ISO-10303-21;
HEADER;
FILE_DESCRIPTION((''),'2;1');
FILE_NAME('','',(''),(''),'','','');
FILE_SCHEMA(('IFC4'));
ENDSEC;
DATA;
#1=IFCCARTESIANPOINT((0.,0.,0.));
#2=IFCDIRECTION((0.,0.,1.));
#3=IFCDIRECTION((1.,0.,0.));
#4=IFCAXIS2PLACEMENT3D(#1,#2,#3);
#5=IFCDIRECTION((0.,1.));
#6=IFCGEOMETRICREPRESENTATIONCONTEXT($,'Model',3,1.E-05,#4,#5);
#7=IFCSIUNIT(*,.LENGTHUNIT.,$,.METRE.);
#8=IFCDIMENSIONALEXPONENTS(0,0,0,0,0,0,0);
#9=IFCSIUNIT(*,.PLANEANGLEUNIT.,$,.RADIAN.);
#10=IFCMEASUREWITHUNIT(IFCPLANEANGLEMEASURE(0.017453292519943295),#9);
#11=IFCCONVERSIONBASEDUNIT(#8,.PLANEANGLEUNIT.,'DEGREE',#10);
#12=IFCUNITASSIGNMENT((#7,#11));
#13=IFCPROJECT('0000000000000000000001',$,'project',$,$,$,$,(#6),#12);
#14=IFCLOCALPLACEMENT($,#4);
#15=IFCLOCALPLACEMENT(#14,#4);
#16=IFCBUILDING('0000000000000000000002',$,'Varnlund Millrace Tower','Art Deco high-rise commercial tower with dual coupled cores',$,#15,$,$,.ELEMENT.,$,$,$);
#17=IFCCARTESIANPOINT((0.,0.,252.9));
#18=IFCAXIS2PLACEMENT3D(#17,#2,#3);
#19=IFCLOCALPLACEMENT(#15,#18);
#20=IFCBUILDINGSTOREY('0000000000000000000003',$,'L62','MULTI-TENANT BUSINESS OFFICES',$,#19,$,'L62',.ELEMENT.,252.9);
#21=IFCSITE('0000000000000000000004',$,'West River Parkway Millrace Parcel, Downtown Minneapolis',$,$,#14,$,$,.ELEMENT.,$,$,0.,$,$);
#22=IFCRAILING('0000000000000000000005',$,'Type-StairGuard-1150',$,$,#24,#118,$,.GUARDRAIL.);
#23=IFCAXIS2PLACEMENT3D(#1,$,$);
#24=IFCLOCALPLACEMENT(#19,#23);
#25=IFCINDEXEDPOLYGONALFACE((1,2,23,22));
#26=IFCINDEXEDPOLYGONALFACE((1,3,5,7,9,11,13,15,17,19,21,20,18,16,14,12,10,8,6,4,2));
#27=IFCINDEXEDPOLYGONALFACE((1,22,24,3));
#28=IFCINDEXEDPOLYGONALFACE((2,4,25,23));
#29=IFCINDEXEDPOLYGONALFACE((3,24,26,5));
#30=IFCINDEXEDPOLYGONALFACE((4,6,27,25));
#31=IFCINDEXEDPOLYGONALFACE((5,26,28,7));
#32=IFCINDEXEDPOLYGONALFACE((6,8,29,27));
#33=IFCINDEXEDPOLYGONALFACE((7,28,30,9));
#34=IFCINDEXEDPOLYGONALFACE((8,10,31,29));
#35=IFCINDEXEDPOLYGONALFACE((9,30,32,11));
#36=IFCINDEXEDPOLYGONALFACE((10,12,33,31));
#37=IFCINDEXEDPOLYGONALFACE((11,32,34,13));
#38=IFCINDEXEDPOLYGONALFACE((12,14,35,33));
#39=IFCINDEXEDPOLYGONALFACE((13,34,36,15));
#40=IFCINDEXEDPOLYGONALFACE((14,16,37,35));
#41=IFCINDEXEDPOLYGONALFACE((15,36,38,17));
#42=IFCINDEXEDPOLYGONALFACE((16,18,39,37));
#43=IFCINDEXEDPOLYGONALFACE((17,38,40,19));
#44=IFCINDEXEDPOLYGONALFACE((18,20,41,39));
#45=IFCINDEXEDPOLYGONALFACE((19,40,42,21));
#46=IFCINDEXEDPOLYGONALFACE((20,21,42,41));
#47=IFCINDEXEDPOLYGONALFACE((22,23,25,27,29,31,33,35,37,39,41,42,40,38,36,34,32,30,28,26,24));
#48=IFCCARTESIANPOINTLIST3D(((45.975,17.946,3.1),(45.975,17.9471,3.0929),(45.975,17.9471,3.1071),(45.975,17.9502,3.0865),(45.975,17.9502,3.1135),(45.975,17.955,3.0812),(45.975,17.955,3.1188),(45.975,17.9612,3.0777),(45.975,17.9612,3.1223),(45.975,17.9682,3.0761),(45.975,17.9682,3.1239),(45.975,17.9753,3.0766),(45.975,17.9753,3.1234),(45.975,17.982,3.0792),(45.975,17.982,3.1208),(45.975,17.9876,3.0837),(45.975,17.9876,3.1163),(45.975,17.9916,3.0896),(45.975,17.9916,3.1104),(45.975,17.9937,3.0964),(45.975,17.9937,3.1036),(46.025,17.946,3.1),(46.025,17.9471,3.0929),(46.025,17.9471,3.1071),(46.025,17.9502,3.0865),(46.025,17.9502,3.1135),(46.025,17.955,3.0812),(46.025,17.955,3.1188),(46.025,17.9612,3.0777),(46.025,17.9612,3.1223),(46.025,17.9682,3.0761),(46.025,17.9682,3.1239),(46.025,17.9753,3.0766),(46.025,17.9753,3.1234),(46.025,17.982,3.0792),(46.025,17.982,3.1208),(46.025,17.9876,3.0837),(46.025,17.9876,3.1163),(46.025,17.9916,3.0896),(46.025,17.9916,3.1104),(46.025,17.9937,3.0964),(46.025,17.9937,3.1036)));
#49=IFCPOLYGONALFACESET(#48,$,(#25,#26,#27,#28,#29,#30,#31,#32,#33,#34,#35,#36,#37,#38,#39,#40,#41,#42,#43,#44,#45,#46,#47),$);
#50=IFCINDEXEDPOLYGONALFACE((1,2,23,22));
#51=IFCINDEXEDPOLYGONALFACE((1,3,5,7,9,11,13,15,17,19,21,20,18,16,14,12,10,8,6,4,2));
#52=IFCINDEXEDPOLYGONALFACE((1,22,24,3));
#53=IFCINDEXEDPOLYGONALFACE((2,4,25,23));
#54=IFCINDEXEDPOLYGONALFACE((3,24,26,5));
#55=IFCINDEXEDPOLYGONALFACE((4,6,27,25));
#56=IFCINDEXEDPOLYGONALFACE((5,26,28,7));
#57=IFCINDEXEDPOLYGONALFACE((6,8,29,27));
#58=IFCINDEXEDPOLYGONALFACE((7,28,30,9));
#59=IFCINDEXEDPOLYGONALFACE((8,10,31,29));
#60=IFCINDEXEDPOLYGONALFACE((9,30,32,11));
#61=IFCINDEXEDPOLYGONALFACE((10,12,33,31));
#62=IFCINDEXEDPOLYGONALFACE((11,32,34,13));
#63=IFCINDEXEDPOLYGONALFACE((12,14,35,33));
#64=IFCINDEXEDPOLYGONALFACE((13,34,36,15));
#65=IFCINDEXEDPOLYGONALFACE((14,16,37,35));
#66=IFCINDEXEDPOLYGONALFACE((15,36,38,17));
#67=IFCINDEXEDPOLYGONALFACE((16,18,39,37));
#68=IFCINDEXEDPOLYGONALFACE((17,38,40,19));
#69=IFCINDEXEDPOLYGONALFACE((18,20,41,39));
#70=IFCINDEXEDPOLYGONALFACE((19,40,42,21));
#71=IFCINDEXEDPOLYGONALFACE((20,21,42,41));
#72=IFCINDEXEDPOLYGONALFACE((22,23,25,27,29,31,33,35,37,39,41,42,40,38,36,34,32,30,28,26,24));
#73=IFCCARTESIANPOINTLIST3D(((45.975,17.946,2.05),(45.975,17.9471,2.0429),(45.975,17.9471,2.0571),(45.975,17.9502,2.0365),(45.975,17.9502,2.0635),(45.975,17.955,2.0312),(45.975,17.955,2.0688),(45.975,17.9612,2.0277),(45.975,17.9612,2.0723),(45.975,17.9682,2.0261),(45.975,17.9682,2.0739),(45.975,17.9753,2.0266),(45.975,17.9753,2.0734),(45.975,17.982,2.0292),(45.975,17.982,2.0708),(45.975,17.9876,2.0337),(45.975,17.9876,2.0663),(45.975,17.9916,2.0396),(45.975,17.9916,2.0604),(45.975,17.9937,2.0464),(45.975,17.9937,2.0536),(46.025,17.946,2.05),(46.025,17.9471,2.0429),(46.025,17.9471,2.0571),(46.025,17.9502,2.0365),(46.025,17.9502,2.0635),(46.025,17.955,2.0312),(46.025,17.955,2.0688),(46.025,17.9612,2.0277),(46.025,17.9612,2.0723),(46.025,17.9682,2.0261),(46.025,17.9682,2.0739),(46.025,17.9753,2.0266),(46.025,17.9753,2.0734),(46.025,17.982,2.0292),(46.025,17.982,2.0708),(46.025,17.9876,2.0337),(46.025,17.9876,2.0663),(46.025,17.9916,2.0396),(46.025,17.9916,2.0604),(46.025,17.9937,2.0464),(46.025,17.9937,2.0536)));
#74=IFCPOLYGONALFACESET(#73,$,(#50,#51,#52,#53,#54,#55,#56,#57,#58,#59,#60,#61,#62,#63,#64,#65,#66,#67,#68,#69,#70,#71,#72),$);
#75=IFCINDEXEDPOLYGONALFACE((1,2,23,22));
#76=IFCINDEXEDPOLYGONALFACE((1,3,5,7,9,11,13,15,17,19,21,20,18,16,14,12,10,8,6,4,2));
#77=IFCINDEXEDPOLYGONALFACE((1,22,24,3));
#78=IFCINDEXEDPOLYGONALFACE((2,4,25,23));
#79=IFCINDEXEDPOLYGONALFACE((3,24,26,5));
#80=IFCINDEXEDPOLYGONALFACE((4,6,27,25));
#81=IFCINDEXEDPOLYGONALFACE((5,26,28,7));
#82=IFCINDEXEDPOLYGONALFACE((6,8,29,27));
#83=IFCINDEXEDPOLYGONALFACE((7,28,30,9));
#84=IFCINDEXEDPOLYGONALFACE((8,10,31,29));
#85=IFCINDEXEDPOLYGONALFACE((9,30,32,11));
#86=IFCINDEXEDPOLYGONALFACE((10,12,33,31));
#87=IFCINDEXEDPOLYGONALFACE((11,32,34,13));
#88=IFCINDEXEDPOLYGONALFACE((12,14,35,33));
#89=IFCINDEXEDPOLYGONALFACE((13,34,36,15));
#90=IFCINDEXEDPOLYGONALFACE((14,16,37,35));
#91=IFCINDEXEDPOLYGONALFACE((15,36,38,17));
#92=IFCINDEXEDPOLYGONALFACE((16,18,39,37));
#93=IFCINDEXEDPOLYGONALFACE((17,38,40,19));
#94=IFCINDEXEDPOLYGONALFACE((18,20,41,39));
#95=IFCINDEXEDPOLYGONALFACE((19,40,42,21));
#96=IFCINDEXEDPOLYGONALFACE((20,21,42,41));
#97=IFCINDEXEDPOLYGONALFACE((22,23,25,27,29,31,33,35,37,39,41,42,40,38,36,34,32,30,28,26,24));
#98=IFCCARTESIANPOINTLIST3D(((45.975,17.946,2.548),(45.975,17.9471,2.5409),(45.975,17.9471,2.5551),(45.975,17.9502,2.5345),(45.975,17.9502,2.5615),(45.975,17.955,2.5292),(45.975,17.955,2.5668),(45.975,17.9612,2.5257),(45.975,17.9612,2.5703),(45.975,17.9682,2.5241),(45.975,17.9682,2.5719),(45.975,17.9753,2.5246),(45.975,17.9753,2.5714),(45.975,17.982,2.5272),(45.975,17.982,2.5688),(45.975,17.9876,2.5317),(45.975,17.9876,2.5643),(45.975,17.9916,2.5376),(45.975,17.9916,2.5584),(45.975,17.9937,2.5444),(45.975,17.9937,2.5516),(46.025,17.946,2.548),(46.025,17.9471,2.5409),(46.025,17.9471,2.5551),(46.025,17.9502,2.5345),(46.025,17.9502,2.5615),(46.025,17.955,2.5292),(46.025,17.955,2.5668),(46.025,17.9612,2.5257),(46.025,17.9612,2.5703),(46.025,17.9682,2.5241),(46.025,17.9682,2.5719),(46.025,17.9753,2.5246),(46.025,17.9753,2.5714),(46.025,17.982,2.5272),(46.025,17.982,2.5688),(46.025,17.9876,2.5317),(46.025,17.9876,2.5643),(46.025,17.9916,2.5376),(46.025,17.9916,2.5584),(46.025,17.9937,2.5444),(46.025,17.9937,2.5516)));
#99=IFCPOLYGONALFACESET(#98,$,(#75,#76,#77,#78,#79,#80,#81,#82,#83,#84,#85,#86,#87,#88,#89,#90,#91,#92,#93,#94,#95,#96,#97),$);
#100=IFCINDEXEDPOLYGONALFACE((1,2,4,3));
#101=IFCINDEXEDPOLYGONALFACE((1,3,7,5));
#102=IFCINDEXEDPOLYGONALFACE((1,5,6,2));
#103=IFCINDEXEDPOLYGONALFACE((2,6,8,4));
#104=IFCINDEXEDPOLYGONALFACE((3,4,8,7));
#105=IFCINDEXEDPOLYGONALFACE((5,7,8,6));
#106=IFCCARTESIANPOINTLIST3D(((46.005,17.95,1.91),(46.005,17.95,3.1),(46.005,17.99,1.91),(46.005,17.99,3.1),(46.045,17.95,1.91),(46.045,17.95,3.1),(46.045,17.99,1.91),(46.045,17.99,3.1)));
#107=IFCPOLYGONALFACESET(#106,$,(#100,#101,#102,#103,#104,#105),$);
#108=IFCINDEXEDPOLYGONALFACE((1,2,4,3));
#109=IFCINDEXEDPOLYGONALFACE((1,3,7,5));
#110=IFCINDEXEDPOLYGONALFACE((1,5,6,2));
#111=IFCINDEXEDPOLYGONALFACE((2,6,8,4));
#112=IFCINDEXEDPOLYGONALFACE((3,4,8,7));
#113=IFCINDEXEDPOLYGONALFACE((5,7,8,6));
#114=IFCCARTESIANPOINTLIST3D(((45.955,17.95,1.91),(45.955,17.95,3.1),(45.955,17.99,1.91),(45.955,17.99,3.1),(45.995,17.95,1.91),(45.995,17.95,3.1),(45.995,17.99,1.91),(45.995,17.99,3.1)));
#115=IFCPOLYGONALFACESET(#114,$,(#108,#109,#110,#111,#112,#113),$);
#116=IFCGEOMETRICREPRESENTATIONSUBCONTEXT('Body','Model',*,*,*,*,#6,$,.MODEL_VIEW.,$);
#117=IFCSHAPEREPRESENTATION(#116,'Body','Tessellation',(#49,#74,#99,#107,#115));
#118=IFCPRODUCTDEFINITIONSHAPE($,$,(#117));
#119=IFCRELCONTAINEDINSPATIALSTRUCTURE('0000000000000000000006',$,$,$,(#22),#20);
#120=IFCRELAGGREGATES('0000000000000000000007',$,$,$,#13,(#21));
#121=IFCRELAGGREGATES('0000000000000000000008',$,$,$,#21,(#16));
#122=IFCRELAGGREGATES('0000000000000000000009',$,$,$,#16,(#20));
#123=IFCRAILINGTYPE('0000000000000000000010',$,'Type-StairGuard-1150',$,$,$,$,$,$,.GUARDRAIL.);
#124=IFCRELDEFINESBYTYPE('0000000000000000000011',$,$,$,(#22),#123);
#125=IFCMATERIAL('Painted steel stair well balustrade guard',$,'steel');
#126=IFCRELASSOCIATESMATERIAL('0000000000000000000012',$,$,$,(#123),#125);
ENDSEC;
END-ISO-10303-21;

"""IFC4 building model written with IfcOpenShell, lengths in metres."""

from ifc_helpers import new_model, entity, si_unit, converted_unit, direction, frame, origin_with_axes, origin_2d_with_axis, place, context, subcontext, project, spatial, rectangle, circle, extrude, material, type_object, element, save


model = new_model("IFC4")

# Units and contexts
model_context = context("Model", 3, precision=1e-05, world=origin_with_axes(), true_north=direction((0.0, 1.0)))
body_context = subcontext(model_context, "Body", "Model", "MODEL_VIEW")
ifc_project = project(units=[si_unit("LENGTHUNIT", "METRE"), converted_unit("PLANEANGLEUNIT", "DEGREE", entity("IfcPlaneAngleMeasure", 0.017453292519943295), si_unit("PLANEANGLEUNIT", "RADIAN"), dimensions=[0, 0, 0, 0, 0, 0, 0])], contexts=[model_context])

# Site, building, storey
site_placement = place(None, origin_with_axes())
site = spatial("IfcSite", under=ifc_project, at=site_placement, Name="West River Parkway Millrace Parcel, Downtown Minneapolis", CompositionType="ELEMENT", RefElevation=0.0)
building_placement = place(site_placement, origin_with_axes())
building = spatial("IfcBuilding", under=site, at=building_placement, Name="Varnlund Millrace Tower", Description="Art Deco high-rise commercial tower with dual coupled cores", CompositionType="ELEMENT")
storey_placement = place(building_placement, frame((0.0, 0.0, 252.9), z_axis=(0.0, 0.0, 1.0), x_axis=(1.0, 0.0, 0.0)))
storey = spatial("IfcBuildingStorey", under=building, at=storey_placement, Name="L62", Description="MULTI-TENANT BUSINESS OFFICES", LongName="L62", CompositionType="ELEMENT", Elevation=252.9)

# Railing
ifc_material_1 = material(Name="Painted steel stair well balustrade guard", Category="steel")
railing_type_1 = type_object("IfcRailingType", Name="Type-StairGuard-1150", PredefinedType="GUARDRAIL", material=ifc_material_1)
railing_1_placement = place(storey_placement, frame((0.0, 0.0, -252.9), z_axis=(0.0, 0.0, 1.0), x_axis=(1.0, 0.0, 0.0)))
element("IfcRailing", 1, at=railing_1_placement, inside=storey, type_object=railing_type_1, Name="Type-StairGuard-1150", PredefinedType="GUARDRAIL", context=body_context, shape_type="SweptSolid", body=[
    extrude(circle(Radius=0.024, at=origin_2d_with_axis()), frame((46.025, 17.97, 256.0), z_axis=(-1.0, 0.0, 0.0), x_axis=(0.0, -1.0, 0.0)), (0.0, 0.0, 1.0), 0.05),
    extrude(circle(Radius=0.024, at=origin_2d_with_axis()), frame((46.025, 17.97, 254.95), z_axis=(-1.0, 0.0, 0.0), x_axis=(0.0, -1.0, 0.0)), (0.0, 0.0, 1.0), 0.05),
    extrude(circle(Radius=0.024, at=origin_2d_with_axis()), frame((46.025, 17.97, 255.448), z_axis=(-1.0, 0.0, 0.0), x_axis=(0.0, -1.0, 0.0)), (0.0, 0.0, 1.0), 0.05),
    extrude(rectangle(XDim=0.04, YDim=0.04, at=origin_2d_with_axis()), frame((46.025, 17.97, 254.81), z_axis=(0.0, 0.0, 1.0), x_axis=(1.0, 0.0, 0.0)), (0.0, 0.0, 1.0), 1.19),
    extrude(rectangle(XDim=0.04, YDim=0.04, at=origin_2d_with_axis()), frame((45.975, 17.97, 254.81), z_axis=(0.0, 0.0, 1.0), x_axis=(1.0, 0.0, 0.0)), (0.0, 0.0, 1.0), 1.19),
])

save(model, "model.ifc")
